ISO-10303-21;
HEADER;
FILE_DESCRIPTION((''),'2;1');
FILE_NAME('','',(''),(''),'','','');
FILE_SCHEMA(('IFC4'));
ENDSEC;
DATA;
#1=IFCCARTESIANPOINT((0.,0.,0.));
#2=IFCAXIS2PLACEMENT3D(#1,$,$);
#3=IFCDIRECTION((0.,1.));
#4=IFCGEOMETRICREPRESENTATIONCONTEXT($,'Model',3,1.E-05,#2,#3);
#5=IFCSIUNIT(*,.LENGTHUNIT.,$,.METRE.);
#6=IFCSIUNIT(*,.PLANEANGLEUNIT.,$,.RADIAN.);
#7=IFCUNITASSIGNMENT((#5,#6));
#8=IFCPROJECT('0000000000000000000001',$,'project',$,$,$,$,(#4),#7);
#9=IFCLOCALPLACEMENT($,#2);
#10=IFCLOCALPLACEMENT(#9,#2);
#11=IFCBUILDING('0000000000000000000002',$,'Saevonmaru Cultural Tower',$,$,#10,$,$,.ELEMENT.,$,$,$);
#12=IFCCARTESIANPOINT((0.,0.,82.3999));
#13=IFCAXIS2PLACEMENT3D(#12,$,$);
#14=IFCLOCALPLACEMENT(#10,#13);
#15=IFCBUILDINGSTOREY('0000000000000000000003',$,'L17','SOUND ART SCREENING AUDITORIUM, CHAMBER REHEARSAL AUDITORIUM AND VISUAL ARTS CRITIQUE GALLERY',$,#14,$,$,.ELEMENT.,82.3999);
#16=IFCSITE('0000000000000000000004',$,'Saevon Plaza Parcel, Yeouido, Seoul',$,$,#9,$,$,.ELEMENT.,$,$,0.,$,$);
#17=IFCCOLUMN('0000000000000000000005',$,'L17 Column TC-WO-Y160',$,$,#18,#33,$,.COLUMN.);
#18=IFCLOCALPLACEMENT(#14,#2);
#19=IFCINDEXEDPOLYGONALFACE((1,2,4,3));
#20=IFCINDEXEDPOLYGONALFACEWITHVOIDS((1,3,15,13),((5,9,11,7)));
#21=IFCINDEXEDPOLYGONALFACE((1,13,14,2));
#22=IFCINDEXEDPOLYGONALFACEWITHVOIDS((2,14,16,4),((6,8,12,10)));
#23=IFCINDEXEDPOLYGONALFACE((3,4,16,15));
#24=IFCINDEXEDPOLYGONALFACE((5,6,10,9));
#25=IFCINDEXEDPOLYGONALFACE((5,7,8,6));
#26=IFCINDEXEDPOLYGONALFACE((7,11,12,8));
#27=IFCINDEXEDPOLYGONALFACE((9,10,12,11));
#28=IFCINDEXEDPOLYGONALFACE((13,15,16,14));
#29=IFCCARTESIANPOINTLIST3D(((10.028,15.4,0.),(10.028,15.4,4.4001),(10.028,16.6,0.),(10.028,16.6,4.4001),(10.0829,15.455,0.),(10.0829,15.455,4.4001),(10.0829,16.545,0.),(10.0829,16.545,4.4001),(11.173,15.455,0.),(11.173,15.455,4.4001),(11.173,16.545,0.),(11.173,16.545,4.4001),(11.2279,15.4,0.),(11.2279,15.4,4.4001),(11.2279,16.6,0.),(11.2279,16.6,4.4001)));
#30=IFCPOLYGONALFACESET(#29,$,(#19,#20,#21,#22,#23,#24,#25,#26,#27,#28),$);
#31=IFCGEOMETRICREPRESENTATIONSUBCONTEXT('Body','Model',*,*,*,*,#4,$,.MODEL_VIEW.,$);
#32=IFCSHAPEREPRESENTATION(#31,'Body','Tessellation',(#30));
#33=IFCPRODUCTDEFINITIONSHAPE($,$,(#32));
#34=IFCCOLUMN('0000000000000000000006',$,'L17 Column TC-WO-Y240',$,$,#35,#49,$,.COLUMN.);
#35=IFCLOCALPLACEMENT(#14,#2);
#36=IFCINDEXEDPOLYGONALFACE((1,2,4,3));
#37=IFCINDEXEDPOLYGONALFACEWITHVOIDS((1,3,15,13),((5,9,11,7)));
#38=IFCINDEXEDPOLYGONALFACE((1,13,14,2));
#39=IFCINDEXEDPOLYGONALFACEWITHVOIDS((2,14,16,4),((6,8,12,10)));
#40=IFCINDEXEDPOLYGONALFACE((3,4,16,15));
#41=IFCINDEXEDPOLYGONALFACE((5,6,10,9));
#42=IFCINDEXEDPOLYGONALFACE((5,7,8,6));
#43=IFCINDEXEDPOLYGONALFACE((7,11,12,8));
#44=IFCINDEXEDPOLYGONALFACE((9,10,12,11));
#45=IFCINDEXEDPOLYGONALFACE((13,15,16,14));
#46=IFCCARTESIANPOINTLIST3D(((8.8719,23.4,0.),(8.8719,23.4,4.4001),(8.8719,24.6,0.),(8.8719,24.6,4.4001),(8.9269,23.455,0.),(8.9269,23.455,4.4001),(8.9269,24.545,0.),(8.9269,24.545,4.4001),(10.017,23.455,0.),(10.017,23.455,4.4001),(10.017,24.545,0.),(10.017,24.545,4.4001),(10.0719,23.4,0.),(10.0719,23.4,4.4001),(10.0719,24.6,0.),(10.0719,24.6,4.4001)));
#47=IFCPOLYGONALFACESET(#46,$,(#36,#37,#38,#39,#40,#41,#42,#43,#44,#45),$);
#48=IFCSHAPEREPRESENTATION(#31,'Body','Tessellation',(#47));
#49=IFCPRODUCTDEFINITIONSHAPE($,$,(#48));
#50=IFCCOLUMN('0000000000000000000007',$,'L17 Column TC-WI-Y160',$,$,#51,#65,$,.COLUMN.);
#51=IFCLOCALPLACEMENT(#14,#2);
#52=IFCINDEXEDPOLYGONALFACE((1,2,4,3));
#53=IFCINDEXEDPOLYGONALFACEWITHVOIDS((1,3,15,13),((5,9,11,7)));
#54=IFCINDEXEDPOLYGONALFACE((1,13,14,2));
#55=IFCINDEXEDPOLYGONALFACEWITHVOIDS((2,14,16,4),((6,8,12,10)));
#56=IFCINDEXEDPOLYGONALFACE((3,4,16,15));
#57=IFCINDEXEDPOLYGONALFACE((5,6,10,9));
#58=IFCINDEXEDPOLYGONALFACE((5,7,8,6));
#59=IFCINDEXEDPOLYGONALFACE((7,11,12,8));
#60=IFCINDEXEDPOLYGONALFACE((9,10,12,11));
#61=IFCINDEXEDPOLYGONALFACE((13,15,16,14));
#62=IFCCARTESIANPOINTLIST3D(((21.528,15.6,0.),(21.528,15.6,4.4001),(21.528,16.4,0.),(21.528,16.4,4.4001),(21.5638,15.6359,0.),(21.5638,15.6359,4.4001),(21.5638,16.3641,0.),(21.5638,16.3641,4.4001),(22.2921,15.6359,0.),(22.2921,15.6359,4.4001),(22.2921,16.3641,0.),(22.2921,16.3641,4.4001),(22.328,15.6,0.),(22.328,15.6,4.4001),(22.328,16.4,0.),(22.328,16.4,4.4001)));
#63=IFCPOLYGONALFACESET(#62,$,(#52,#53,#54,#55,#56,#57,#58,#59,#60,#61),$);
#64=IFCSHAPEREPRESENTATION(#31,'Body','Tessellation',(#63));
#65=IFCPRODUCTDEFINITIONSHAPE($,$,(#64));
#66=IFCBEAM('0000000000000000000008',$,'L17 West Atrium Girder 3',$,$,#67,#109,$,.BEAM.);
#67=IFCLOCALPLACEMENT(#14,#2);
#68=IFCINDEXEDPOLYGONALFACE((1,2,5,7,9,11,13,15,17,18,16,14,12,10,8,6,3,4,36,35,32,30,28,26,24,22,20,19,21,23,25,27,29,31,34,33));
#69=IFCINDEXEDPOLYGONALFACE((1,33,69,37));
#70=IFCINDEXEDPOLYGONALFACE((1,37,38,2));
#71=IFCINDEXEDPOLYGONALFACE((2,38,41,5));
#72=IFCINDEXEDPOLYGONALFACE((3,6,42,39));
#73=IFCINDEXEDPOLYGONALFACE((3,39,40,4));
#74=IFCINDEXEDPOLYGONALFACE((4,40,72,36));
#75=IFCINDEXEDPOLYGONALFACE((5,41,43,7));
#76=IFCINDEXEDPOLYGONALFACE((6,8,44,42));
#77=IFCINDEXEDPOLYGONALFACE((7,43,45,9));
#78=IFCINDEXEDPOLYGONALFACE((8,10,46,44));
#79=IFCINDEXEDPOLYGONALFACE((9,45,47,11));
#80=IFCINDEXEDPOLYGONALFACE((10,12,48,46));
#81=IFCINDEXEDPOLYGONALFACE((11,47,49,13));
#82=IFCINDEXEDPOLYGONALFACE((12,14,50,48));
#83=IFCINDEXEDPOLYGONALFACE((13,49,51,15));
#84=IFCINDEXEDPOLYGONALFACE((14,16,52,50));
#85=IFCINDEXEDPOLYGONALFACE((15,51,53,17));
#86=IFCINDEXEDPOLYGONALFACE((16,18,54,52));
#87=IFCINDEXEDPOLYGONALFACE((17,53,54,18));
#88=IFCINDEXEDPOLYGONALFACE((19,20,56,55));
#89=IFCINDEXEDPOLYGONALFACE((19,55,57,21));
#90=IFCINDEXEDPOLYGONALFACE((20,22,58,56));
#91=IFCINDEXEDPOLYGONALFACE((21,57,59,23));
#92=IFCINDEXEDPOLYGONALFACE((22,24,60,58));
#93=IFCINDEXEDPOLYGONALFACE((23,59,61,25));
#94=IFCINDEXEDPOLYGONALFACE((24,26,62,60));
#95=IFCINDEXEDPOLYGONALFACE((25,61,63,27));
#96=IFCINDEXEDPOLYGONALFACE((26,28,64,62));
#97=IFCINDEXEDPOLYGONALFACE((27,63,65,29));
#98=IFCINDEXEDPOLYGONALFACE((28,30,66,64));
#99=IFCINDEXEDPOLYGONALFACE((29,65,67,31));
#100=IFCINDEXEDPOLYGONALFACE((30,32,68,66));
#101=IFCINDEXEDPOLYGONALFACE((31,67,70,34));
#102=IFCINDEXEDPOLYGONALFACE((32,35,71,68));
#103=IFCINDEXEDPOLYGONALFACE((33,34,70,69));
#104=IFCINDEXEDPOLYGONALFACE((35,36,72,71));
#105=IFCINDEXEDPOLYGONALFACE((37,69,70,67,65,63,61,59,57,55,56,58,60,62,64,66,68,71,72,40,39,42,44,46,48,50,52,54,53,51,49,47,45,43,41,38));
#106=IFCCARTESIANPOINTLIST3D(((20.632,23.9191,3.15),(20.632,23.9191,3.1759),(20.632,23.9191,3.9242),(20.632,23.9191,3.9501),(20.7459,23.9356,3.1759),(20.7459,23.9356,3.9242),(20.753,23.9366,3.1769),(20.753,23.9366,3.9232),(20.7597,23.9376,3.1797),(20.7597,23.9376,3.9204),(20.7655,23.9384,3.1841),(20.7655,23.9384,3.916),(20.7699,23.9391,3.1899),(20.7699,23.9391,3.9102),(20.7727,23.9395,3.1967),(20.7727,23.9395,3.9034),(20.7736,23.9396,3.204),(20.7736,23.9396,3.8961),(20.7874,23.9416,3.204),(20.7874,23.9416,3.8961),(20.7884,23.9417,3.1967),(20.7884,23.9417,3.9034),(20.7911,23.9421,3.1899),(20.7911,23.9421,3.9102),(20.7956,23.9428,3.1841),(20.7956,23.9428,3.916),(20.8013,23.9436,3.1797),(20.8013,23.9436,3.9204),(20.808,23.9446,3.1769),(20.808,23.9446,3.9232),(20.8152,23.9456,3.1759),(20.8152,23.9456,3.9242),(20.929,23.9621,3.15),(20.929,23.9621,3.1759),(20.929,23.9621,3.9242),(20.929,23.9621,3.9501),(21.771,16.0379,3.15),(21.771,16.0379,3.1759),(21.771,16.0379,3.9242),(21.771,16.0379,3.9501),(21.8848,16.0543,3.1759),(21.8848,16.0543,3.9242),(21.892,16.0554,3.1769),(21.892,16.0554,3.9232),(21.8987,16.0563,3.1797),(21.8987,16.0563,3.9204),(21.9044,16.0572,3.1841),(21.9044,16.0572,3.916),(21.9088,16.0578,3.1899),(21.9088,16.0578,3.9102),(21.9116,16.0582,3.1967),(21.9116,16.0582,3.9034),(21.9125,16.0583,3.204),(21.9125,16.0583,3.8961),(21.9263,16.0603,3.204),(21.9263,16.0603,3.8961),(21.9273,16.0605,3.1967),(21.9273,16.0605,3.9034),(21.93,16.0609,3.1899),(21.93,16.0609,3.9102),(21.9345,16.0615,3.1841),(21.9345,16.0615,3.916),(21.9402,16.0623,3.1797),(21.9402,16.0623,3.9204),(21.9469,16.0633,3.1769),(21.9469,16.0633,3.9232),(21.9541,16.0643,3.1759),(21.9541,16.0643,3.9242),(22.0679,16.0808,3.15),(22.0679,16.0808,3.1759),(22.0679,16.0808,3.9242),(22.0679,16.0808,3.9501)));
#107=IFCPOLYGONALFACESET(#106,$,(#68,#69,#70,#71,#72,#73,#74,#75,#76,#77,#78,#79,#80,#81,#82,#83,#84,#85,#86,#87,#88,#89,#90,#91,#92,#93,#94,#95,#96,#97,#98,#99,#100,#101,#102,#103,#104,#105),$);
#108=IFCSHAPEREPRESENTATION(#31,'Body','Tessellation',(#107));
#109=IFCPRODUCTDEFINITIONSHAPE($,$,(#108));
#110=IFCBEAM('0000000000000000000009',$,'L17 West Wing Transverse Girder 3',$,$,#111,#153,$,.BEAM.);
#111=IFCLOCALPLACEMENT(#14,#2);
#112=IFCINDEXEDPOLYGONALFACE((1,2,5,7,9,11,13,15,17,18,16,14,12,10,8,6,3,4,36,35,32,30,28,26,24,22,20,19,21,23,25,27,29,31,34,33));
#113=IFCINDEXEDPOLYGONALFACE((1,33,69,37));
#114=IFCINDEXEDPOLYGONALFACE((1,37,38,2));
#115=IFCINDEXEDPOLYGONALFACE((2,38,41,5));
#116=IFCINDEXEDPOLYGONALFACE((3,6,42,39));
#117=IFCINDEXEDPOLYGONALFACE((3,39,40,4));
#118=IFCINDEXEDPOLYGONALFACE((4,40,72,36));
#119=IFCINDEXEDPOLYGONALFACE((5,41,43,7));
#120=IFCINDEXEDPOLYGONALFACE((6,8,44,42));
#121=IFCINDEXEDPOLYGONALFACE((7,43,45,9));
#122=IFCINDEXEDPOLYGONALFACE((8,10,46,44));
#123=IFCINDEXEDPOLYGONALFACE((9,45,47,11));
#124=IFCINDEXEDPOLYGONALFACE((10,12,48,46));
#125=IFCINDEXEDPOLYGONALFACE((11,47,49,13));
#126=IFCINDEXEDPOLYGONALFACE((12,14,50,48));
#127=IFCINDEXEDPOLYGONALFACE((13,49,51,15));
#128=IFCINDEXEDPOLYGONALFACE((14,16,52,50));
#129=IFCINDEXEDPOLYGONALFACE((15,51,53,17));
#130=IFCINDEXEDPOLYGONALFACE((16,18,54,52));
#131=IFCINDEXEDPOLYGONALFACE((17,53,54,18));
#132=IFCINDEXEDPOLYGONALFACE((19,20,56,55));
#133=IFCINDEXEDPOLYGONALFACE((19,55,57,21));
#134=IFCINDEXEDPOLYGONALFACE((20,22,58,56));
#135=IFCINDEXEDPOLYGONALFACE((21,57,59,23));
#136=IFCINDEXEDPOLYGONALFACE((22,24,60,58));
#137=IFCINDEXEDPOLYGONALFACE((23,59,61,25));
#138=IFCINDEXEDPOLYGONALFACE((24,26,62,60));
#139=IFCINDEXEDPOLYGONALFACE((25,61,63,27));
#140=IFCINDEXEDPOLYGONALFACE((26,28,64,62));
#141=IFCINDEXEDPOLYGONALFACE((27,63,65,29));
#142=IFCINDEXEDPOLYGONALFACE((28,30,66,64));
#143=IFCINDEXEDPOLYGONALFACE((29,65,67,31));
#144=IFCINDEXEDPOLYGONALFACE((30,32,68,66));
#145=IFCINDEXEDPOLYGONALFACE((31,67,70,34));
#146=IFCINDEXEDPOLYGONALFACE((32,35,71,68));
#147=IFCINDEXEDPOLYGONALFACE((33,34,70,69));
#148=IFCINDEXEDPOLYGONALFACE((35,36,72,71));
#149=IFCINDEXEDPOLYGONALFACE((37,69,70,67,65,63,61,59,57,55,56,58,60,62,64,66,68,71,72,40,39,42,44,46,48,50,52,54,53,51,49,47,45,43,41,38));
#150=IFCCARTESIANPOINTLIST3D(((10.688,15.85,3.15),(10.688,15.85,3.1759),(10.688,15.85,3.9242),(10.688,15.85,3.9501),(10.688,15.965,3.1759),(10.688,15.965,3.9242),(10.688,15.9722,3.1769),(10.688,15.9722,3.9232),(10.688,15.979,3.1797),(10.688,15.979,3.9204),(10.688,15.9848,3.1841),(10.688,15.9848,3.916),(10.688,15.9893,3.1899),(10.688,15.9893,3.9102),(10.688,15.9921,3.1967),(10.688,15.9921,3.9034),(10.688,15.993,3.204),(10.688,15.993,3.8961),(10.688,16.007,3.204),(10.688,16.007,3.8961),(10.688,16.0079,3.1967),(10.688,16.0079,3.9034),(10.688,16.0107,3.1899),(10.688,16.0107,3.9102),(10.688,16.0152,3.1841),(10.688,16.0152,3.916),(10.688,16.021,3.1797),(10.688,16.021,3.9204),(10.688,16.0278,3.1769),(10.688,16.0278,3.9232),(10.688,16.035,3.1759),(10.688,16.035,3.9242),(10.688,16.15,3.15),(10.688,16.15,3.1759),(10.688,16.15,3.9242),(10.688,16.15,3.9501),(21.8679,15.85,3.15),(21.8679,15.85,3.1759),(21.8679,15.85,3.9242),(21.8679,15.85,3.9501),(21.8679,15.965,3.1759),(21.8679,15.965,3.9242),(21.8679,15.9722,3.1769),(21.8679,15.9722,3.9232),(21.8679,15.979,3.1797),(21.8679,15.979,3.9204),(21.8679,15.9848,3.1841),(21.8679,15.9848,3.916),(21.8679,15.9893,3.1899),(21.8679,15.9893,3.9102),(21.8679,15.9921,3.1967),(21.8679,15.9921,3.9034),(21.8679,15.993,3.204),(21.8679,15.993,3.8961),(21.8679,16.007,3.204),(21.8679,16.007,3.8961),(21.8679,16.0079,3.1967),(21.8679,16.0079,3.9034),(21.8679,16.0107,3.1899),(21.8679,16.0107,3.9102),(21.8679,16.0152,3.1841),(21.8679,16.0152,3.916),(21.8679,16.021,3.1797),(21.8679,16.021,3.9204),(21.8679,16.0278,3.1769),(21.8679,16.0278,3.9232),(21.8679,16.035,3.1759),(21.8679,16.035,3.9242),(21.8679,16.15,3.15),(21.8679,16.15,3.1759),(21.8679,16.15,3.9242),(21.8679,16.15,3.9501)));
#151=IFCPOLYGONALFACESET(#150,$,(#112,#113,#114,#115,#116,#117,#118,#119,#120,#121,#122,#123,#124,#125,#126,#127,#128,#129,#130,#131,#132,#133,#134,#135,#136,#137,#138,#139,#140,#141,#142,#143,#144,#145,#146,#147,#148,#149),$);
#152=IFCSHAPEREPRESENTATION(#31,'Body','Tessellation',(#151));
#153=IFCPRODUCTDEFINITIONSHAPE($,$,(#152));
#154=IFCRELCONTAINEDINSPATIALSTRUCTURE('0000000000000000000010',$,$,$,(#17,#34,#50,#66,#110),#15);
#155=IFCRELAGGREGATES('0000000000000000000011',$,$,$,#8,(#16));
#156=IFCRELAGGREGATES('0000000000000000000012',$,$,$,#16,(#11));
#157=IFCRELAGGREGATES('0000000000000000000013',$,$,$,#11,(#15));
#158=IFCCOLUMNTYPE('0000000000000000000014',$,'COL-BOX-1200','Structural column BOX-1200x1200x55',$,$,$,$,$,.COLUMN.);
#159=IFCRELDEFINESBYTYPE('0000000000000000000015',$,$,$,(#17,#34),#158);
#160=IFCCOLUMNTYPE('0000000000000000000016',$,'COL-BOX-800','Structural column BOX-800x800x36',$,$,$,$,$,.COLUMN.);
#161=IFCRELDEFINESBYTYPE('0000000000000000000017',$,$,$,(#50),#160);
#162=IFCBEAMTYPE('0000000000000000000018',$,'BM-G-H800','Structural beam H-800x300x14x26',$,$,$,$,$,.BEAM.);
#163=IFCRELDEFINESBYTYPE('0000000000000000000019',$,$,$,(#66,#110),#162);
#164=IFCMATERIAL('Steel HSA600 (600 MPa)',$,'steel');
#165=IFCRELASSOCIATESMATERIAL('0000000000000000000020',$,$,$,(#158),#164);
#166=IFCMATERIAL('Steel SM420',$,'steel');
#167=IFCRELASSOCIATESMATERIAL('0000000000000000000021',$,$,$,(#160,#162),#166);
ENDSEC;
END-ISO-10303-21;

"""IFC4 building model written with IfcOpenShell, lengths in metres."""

from ifc_helpers import new_model, si_unit, direction, frame, origin, origin_2d, place, context, subcontext, project, spatial, hollow_rectangle, i_section, extrude, material, material_profile, profile_set, type_object, element, save


model = new_model("IFC4")

# Units and contexts
model_context = context("Model", 3, precision=1e-05, world=origin(), true_north=direction((0.0, 1.0)))
body_context = subcontext(model_context, "Body", "Model", "MODEL_VIEW")
ifc_project = project(units=[si_unit("LENGTHUNIT", "METRE"), si_unit("PLANEANGLEUNIT", "RADIAN")], contexts=[model_context])

# Site, building, storey
site_placement = place(None, origin())
site = spatial("IfcSite", under=ifc_project, at=site_placement, Name="Saevon Plaza Parcel, Yeouido, Seoul", CompositionType="ELEMENT", RefElevation=0.0)
building_placement = place(site_placement, origin())
building = spatial("IfcBuilding", under=site, at=building_placement, Name="Saevonmaru Cultural Tower", CompositionType="ELEMENT")
storey_placement = place(building_placement, frame((0.0, 0.0, 82.3999)))
storey = spatial("IfcBuildingStorey", under=building, at=storey_placement, Name="L17", Description="SOUND ART SCREENING AUDITORIUM, CHAMBER REHEARSAL AUDITORIUM AND VISUAL ARTS CRITIQUE GALLERY", CompositionType="ELEMENT", Elevation=82.3999)

# Columns
ifc_material_1 = material(Name="Steel HSA600 (600 MPa)", Category="steel")
ifc_material_profile_1 = material_profile(ifc_material_1, hollow_rectangle(XDim=1.2, YDim=1.2, WallThickness=0.0549, at=origin_2d()), Name="BOX-1200x1200x55")
ifc_profile_set_1 = profile_set([ifc_material_profile_1], Name="Steel HSA600 (600 MPa)")
column_type_1 = type_object("IfcColumnType", Name="COL-BOX-1200", Description="Structural column BOX-1200x1200x55", PredefinedType="COLUMN", material=ifc_profile_set_1)
for number, where, z_axis, x_axis, name in (
    (1, (10.6279, 16.0, 0.0), (0.0, 0.0, 1.0), (1.0, 0.0, 0.0), "L17 Column TC-WO-Y160"),
    (2, (9.4719, 24.0, 0.0), (0.0, 0.0, 1.0), (1.0, 0.0, 0.0), "L17 Column TC-WO-Y240"),
):
    element("IfcColumn", number, at=place(storey_placement, frame(where, z_axis=z_axis, x_axis=x_axis)), inside=storey, type_object=column_type_1, Name=name, PredefinedType="COLUMN", context=body_context, shape_type="SweptSolid", body=[
        extrude(hollow_rectangle(XDim=1.2, YDim=1.2, WallThickness=0.0549, at=origin_2d()), origin(), (0.0, 0.0, 1.0), 4.4001),
    ])
ifc_material_2 = material(Name="Steel SM420", Category="steel")
ifc_material_profile_2 = material_profile(ifc_material_2, hollow_rectangle(XDim=0.8, YDim=0.8, WallThickness=0.0359, at=origin_2d()), Name="BOX-800x800x36")
ifc_profile_set_2 = profile_set([ifc_material_profile_2], Name="Steel SM420")
column_type_2 = type_object("IfcColumnType", Name="COL-BOX-800", Description="Structural column BOX-800x800x36", PredefinedType="COLUMN", material=ifc_profile_set_2)
column_placement = place(storey_placement, frame((21.928, 16.0, 0.0), z_axis=(0.0, 0.0, 1.0), x_axis=(1.0, 0.0, 0.0)))
element("IfcColumn", 3, at=column_placement, inside=storey, type_object=column_type_2, Name="L17 Column TC-WI-Y160", PredefinedType="COLUMN", context=body_context, shape_type="SweptSolid", body=[
    extrude(hollow_rectangle(XDim=0.8, YDim=0.8, WallThickness=0.0359, at=origin_2d()), origin(), (0.0, 0.0, 1.0), 4.4001),
])

# Beams
ifc_material_profile_3 = material_profile(ifc_material_2, i_section(OverallWidth=0.3, OverallDepth=0.8, WebThickness=0.0139, FlangeThickness=0.0259, FilletRadius=0.0281, at=origin_2d()), Name="H-800x300x14x26")
ifc_profile_set_3 = profile_set([ifc_material_profile_3], Name="Steel SM420")
beam_type_1 = type_object("IfcBeamType", Name="BM-G-H800", Description="Structural beam H-800x300x14x26", PredefinedType="BEAM", material=ifc_profile_set_3)
beam_1_placement = place(storey_placement, frame((21.9194, 16.0593, 3.55), z_axis=(-0.143022, 0.989719, 0.0), x_axis=(-0.989719, -0.143022, 0.0)))
element("IfcBeam", 4, at=beam_1_placement, inside=storey, type_object=beam_type_1, Name="L17 West Atrium Girder 3", PredefinedType="BEAM", context=body_context, shape_type="SweptSolid", body=[
    extrude(i_section(OverallWidth=0.3, OverallDepth=0.8, WebThickness=0.0139, FlangeThickness=0.0259, FilletRadius=0.0281, at=origin_2d()), origin(), (0.0, 0.0, 1.0), 7.9631),
])
beam_2_placement = place(storey_placement, frame((10.688, 16.0, 3.55), z_axis=(1.0, 0.0, 0.0), x_axis=(0.0, 1.0, 0.0)))
element("IfcBeam", 5, at=beam_2_placement, inside=storey, type_object=beam_type_1, Name="L17 West Wing Transverse Girder 3", PredefinedType="BEAM", context=body_context, shape_type="SweptSolid", body=[
    extrude(i_section(OverallWidth=0.3, OverallDepth=0.8, WebThickness=0.0139, FlangeThickness=0.0259, FilletRadius=0.0281, at=origin_2d()), origin(), (0.0, 0.0, 1.0), 11.1799),
])

save(model, "model.ifc")
